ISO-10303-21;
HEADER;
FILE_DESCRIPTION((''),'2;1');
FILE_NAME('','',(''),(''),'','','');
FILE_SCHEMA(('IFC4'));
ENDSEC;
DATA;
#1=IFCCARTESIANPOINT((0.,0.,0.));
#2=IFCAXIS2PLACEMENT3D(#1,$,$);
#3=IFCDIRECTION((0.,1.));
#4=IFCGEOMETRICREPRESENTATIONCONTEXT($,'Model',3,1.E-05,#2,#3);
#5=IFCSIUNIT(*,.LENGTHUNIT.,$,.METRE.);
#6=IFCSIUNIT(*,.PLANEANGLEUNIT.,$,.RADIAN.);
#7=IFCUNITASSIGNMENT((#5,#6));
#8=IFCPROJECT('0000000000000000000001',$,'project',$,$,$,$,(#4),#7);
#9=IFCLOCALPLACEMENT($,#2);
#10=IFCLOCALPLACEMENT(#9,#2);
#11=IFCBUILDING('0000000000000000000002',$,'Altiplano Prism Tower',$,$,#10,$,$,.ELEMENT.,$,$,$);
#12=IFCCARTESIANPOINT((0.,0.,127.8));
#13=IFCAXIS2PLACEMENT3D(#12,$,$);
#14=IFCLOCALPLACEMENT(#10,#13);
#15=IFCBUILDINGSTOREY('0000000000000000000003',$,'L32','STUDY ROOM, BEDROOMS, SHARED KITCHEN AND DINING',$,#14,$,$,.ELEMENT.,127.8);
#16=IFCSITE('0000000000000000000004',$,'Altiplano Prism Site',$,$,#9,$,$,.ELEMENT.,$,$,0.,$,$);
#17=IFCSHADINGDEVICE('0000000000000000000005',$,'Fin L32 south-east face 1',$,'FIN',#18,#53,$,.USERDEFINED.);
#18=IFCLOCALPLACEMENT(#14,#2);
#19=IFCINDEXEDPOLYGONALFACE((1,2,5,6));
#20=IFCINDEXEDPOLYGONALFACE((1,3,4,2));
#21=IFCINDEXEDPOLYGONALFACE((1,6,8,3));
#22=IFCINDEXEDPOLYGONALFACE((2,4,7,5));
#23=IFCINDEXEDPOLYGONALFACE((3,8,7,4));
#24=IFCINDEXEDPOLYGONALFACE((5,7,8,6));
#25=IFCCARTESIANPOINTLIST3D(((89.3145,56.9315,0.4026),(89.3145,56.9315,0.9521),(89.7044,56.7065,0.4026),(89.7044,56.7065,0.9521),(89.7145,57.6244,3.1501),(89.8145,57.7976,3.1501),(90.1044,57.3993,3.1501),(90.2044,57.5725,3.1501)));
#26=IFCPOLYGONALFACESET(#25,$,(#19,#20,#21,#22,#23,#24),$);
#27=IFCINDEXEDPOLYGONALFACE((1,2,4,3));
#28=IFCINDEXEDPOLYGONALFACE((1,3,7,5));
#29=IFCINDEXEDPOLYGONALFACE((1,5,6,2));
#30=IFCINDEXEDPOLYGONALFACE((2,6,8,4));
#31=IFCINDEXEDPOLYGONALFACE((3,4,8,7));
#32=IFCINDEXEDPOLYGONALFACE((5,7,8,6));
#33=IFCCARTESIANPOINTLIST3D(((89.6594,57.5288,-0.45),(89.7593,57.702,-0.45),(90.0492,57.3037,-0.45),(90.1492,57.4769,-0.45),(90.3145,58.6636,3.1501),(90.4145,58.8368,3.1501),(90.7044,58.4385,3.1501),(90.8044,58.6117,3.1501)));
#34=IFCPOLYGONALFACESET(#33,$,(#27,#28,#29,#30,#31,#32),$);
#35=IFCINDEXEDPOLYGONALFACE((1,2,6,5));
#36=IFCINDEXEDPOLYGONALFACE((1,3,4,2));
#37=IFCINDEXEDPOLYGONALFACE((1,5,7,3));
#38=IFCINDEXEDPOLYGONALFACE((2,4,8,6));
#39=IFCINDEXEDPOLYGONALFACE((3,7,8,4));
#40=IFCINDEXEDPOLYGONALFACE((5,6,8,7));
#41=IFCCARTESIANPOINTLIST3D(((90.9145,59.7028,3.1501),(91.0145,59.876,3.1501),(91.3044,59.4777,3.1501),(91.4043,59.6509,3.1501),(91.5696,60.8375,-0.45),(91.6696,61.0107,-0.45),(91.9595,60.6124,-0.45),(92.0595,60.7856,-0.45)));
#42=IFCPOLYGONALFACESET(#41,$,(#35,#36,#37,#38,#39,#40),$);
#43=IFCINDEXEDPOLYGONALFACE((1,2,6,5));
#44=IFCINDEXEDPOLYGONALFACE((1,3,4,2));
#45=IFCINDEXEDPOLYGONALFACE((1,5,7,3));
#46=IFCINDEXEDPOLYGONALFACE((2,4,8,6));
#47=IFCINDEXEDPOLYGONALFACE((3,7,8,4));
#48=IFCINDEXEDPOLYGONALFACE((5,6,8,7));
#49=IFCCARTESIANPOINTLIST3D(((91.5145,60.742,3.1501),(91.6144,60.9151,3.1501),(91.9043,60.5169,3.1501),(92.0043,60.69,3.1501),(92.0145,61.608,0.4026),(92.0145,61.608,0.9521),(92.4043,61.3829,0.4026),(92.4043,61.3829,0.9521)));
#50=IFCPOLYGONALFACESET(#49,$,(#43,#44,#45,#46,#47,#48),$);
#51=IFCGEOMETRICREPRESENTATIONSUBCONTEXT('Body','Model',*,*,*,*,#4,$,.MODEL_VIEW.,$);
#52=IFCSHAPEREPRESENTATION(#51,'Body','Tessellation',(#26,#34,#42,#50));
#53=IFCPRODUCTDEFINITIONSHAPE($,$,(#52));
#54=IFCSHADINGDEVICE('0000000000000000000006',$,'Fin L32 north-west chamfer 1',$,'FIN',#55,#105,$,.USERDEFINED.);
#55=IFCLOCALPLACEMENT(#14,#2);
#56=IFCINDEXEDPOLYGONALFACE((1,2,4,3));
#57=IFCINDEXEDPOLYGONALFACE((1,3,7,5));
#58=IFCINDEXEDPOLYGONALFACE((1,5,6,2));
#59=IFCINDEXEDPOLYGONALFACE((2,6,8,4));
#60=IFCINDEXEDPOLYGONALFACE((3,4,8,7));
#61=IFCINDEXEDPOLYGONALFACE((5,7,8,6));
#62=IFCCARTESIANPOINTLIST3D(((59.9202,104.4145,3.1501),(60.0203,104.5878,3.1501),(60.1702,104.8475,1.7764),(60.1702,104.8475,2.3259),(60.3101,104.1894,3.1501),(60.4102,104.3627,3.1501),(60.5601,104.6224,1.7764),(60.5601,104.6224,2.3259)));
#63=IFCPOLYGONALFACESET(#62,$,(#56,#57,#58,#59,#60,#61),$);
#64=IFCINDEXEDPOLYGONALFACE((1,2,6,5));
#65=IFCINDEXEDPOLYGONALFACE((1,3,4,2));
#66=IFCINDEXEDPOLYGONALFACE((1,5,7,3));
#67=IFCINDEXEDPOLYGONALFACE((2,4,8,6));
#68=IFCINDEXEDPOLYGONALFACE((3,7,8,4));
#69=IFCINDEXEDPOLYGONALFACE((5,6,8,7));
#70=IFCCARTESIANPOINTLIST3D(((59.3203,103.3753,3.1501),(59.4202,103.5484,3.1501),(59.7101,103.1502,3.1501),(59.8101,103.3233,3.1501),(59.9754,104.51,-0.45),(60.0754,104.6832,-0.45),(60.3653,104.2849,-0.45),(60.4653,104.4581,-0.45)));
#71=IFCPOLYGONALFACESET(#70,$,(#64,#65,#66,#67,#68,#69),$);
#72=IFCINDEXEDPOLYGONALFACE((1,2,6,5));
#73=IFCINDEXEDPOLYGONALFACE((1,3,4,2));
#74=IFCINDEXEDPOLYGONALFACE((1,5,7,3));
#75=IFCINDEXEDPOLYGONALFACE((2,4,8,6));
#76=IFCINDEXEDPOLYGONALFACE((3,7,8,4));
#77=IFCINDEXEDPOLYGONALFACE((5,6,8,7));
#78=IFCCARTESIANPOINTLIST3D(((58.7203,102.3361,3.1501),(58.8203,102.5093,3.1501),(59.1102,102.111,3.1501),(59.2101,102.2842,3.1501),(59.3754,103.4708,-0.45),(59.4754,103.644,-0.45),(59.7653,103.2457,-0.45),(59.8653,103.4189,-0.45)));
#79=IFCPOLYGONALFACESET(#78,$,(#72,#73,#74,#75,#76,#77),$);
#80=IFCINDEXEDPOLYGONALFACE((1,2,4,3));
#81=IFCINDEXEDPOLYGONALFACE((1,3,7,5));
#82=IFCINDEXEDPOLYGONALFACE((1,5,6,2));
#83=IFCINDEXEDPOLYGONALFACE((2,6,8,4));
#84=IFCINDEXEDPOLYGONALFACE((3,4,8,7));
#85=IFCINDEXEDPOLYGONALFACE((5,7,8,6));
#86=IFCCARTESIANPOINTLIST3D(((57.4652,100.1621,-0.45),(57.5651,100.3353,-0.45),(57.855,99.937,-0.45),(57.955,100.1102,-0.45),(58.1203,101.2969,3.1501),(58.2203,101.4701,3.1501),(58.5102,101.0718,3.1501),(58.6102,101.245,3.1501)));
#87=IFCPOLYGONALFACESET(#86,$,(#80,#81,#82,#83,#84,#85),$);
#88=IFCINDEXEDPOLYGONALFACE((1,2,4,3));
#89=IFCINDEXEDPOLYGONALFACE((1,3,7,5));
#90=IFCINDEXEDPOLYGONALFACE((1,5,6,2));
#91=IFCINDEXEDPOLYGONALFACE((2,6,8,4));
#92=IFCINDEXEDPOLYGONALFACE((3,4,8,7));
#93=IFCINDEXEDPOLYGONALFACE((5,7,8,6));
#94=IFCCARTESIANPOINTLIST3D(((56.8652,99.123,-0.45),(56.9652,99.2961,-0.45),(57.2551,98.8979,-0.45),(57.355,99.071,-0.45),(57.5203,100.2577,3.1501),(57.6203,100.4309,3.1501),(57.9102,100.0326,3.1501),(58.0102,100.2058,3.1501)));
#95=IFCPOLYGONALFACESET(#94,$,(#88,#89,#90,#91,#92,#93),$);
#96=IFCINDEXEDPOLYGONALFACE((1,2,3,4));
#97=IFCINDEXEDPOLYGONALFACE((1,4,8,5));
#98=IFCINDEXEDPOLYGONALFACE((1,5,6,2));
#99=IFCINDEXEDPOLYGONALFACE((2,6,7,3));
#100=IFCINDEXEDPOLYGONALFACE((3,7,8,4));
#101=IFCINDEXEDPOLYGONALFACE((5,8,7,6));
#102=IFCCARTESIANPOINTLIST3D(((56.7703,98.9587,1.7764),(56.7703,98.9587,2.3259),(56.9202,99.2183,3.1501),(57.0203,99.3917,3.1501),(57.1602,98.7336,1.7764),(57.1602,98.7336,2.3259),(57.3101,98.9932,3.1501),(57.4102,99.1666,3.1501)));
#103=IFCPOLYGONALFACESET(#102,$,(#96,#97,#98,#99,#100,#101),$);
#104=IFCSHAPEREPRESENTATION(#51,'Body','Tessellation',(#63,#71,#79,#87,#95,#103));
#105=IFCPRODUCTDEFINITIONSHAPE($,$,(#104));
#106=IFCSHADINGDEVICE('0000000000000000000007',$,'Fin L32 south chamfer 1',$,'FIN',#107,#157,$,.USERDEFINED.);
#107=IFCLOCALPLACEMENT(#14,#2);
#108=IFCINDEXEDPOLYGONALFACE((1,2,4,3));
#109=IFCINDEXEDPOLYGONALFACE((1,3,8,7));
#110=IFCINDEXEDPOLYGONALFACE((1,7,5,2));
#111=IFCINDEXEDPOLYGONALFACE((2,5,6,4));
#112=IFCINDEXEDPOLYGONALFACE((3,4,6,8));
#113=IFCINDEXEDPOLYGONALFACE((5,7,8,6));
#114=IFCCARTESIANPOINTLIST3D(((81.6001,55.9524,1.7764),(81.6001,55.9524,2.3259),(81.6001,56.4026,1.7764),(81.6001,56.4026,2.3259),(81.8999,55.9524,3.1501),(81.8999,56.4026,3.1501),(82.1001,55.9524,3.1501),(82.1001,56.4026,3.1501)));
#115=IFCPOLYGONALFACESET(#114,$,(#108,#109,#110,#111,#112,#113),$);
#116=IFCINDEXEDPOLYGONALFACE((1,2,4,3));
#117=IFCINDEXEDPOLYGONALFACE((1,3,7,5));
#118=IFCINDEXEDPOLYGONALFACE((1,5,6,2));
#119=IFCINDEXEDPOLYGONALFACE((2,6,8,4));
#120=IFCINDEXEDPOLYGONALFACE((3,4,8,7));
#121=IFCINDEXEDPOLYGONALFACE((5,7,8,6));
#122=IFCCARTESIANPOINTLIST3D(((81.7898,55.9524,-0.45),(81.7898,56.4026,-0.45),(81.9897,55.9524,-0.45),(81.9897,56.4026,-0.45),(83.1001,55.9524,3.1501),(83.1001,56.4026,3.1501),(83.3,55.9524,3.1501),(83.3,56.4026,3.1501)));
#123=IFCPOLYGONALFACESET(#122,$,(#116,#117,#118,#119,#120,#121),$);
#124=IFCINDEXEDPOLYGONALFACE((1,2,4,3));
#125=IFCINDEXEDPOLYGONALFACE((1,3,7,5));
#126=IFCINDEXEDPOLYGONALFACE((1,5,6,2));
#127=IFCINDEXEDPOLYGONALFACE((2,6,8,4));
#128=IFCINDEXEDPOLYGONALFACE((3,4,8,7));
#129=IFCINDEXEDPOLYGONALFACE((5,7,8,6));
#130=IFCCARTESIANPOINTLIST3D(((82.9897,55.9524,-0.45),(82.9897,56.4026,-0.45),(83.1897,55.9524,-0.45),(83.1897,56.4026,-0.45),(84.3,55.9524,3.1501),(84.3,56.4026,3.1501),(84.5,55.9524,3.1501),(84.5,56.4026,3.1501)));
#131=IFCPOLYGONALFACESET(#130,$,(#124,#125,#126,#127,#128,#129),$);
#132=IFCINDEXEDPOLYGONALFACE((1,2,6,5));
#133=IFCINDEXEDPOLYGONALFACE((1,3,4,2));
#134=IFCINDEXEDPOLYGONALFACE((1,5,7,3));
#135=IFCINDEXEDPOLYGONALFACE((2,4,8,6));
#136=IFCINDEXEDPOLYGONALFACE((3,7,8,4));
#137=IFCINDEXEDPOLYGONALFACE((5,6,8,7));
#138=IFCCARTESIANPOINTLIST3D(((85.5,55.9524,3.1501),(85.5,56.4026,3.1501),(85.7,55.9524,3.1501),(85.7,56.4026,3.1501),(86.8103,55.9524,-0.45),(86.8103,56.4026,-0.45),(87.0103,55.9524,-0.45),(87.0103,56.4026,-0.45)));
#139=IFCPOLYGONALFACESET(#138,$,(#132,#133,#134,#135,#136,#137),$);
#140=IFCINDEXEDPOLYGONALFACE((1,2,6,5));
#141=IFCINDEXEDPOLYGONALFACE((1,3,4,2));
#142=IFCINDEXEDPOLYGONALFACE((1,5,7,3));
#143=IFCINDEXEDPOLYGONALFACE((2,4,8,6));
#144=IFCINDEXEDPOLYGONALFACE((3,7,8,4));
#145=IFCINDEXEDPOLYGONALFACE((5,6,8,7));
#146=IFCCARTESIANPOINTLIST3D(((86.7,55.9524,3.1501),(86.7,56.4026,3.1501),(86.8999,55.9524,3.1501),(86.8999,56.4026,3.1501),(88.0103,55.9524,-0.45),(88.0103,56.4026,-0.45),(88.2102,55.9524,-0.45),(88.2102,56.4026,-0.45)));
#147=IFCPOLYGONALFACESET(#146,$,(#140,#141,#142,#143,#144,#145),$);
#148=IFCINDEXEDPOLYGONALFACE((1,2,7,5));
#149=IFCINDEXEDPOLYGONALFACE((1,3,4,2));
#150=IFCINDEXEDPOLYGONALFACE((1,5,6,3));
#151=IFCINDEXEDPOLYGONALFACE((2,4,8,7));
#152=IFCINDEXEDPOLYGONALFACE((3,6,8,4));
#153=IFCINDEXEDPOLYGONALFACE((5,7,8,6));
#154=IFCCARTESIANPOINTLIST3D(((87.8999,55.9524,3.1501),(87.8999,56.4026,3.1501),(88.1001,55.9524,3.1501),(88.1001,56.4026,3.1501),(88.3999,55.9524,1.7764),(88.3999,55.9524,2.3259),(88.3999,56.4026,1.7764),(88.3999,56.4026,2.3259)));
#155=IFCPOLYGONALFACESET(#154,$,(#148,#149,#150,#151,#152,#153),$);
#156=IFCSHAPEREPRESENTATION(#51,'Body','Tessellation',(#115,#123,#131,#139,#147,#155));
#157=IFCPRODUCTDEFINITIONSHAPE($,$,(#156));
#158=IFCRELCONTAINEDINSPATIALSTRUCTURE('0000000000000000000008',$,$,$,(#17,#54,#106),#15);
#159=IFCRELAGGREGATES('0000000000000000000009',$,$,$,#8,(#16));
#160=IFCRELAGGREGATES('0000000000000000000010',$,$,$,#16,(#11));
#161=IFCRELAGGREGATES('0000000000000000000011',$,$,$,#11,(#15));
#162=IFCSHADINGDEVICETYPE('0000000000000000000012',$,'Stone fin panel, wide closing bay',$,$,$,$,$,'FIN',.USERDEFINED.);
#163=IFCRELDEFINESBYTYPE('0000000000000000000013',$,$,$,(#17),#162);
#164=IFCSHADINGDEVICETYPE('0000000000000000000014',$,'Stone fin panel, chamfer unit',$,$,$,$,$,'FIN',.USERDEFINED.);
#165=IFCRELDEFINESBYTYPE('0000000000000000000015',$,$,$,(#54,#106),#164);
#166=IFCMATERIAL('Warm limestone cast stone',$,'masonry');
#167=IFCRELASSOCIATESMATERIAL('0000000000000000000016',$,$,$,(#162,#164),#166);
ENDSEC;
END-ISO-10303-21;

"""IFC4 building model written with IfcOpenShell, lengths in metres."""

from ifc_helpers import new_model, si_unit, direction, frame, origin, place, context, subcontext, project, spatial, polyline, outline, extrude, source, transform, mapped, material, type_object, element, save


model = new_model("IFC4")

# Units and contexts
model_context = context("Model", 3, precision=1e-05, world=origin(), true_north=direction((0.0, 1.0)))
body_context = subcontext(model_context, "Body", "Model", "MODEL_VIEW")
ifc_project = project(units=[si_unit("LENGTHUNIT", "METRE"), si_unit("PLANEANGLEUNIT", "RADIAN")], contexts=[model_context])

# Site, building, storey
site_placement = place(None, origin())
site = spatial("IfcSite", under=ifc_project, at=site_placement, Name="Altiplano Prism Site", CompositionType="ELEMENT", RefElevation=0.0)
building_placement = place(site_placement, origin())
building = spatial("IfcBuilding", under=site, at=building_placement, Name="Altiplano Prism Tower", CompositionType="ELEMENT")
storey_placement = place(building_placement, frame((0.0, 0.0, 127.8)))
storey = spatial("IfcBuildingStorey", under=building, at=storey_placement, Name="L32", Description="STUDY ROOM, BEDROOMS, SHARED KITCHEN AND DINING", CompositionType="ELEMENT", Elevation=127.8)

# Shading devices
ifc_material_1 = material(Name="Warm limestone cast stone", Category="masonry")
shading_device_type_1 = type_object("IfcShadingDeviceType", Name="Stone fin panel, wide closing bay", ElementType="FIN", PredefinedType="USERDEFINED", material=ifc_material_1)
shared_shape_1 = source(origin(), body_context, "Body", "SweptSolid", [
    extrude(outline(polyline([(-2.7, 0.8525), (-1.7, 3.6001), (-1.8999, 3.6001), (-2.7, 1.4021), (-2.7, 0.8525)])), frame((0.0, -0.1499, 0.0), z_axis=(0.0, -1.0, 0.0), x_axis=(1.0, 0.0, 0.0)), (0.0, 0.0, 1.0), 0.4502),
    extrude(outline(polyline([(-2.0103, 0.0), (-1.8103, 0.0), (-0.5, 3.6001), (-0.7, 3.6001), (-2.0103, 0.0)])), frame((0.0, -0.1499, 0.0), z_axis=(0.0, -1.0, 0.0), x_axis=(1.0, 0.0, 0.0)), (0.0, 0.0, 1.0), 0.4502),
    extrude(outline(polyline([(1.8103, 0.0), (2.0103, 0.0), (0.7, 3.6001), (0.5, 3.6001), (1.8103, 0.0)])), frame((0.0, -0.1499, 0.0), z_axis=(0.0, -1.0, 0.0), x_axis=(1.0, 0.0, 0.0)), (0.0, 0.0, 1.0), 0.4502),
    extrude(outline(polyline([(2.7, 1.4021), (1.8999, 3.6001), (1.7, 3.6001), (2.7, 0.8525), (2.7, 1.4021)])), frame((0.0, -0.1499, 0.0), z_axis=(0.0, -1.0, 0.0), x_axis=(1.0, 0.0, 0.0)), (0.0, 0.0, 1.0), 0.4502),
])
shading_device_1_placement = place(storey_placement, origin())
element("IfcShadingDevice", 1, at=shading_device_1_placement, inside=storey, type_object=shading_device_type_1, Name="Fin L32 south-east face 1", ObjectType="FIN", PredefinedType="USERDEFINED", context=body_context, shape_type="MappedRepresentation", body=[
    mapped(shared_shape_1, transform((90.5347, 59.3447, -0.45), x_axis=(0.5, 0.866025, 0.0), y_axis=(-0.866025, 0.5, 0.0), z_axis=(0.0, 0.0, 1.0))),
])
shading_device_type_2 = type_object("IfcShadingDeviceType", Name="Stone fin panel, chamfer unit", ElementType="FIN", PredefinedType="USERDEFINED", material=ifc_material_1)
shared_shape_2 = source(origin(), body_context, "Body", "SweptSolid", [
    extrude(outline(polyline([(-3.3999, 2.2263), (-2.8999, 3.6001), (-3.1001, 3.6001), (-3.3999, 2.7759), (-3.3999, 2.2263)])), frame((0.0, -0.1499, 0.0), z_axis=(0.0, -1.0, 0.0), x_axis=(1.0, 0.0, 0.0)), (0.0, 0.0, 1.0), 0.4502),
    extrude(outline(polyline([(-3.2102, 0.0), (-3.0103, 0.0), (-1.7, 3.6001), (-1.8999, 3.6001), (-3.2102, 0.0)])), frame((0.0, -0.1499, 0.0), z_axis=(0.0, -1.0, 0.0), x_axis=(1.0, 0.0, 0.0)), (0.0, 0.0, 1.0), 0.4502),
    extrude(outline(polyline([(-2.0103, 0.0), (-1.8103, 0.0), (-0.5, 3.6001), (-0.7, 3.6001), (-2.0103, 0.0)])), frame((0.0, -0.1499, 0.0), z_axis=(0.0, -1.0, 0.0), x_axis=(1.0, 0.0, 0.0)), (0.0, 0.0, 1.0), 0.4502),
    extrude(outline(polyline([(1.8103, 0.0), (2.0103, 0.0), (0.7, 3.6001), (0.5, 3.6001), (1.8103, 0.0)])), frame((0.0, -0.1499, 0.0), z_axis=(0.0, -1.0, 0.0), x_axis=(1.0, 0.0, 0.0)), (0.0, 0.0, 1.0), 0.4502),
    extrude(outline(polyline([(3.0103, 0.0), (3.2102, 0.0), (1.8999, 3.6001), (1.7, 3.6001), (3.0103, 0.0)])), frame((0.0, -0.1499, 0.0), z_axis=(0.0, -1.0, 0.0), x_axis=(1.0, 0.0, 0.0)), (0.0, 0.0, 1.0), 0.4502),
    extrude(outline(polyline([(3.3999, 2.7759), (3.1001, 3.6001), (2.8999, 3.6001), (3.3999, 2.2263), (3.3999, 2.7759)])), frame((0.0, -0.1499, 0.0), z_axis=(0.0, -1.0, 0.0), x_axis=(1.0, 0.0, 0.0)), (0.0, 0.0, 1.0), 0.4502),
])
shading_device_2_placement = place(storey_placement, origin())
element("IfcShadingDevice", 2, at=shading_device_2_placement, inside=storey, type_object=shading_device_type_2, Name="Fin L32 north-west chamfer 1", ObjectType="FIN", PredefinedType="USERDEFINED", context=body_context, shape_type="MappedRepresentation", body=[
    mapped(shared_shape_2, transform((58.99, 101.603, -0.45), x_axis=(-0.5, -0.866025, 0.0), y_axis=(0.866025, -0.5, 0.0), z_axis=(0.0, 0.0, 1.0))),
])
shading_device_3_placement = place(storey_placement, origin())
element("IfcShadingDevice", 3, at=shading_device_3_placement, inside=storey, type_object=shading_device_type_2, Name="Fin L32 south chamfer 1", ObjectType="FIN", PredefinedType="USERDEFINED", context=body_context, shape_type="MappedRepresentation", body=[
    mapped(shared_shape_2, transform((85.0, 56.5525, -0.45), x_axis=(1.0, 0.0, 0.0), y_axis=(0.0, 1.0, 0.0), z_axis=(0.0, 0.0, 1.0))),
])

save(model, "model.ifc")
